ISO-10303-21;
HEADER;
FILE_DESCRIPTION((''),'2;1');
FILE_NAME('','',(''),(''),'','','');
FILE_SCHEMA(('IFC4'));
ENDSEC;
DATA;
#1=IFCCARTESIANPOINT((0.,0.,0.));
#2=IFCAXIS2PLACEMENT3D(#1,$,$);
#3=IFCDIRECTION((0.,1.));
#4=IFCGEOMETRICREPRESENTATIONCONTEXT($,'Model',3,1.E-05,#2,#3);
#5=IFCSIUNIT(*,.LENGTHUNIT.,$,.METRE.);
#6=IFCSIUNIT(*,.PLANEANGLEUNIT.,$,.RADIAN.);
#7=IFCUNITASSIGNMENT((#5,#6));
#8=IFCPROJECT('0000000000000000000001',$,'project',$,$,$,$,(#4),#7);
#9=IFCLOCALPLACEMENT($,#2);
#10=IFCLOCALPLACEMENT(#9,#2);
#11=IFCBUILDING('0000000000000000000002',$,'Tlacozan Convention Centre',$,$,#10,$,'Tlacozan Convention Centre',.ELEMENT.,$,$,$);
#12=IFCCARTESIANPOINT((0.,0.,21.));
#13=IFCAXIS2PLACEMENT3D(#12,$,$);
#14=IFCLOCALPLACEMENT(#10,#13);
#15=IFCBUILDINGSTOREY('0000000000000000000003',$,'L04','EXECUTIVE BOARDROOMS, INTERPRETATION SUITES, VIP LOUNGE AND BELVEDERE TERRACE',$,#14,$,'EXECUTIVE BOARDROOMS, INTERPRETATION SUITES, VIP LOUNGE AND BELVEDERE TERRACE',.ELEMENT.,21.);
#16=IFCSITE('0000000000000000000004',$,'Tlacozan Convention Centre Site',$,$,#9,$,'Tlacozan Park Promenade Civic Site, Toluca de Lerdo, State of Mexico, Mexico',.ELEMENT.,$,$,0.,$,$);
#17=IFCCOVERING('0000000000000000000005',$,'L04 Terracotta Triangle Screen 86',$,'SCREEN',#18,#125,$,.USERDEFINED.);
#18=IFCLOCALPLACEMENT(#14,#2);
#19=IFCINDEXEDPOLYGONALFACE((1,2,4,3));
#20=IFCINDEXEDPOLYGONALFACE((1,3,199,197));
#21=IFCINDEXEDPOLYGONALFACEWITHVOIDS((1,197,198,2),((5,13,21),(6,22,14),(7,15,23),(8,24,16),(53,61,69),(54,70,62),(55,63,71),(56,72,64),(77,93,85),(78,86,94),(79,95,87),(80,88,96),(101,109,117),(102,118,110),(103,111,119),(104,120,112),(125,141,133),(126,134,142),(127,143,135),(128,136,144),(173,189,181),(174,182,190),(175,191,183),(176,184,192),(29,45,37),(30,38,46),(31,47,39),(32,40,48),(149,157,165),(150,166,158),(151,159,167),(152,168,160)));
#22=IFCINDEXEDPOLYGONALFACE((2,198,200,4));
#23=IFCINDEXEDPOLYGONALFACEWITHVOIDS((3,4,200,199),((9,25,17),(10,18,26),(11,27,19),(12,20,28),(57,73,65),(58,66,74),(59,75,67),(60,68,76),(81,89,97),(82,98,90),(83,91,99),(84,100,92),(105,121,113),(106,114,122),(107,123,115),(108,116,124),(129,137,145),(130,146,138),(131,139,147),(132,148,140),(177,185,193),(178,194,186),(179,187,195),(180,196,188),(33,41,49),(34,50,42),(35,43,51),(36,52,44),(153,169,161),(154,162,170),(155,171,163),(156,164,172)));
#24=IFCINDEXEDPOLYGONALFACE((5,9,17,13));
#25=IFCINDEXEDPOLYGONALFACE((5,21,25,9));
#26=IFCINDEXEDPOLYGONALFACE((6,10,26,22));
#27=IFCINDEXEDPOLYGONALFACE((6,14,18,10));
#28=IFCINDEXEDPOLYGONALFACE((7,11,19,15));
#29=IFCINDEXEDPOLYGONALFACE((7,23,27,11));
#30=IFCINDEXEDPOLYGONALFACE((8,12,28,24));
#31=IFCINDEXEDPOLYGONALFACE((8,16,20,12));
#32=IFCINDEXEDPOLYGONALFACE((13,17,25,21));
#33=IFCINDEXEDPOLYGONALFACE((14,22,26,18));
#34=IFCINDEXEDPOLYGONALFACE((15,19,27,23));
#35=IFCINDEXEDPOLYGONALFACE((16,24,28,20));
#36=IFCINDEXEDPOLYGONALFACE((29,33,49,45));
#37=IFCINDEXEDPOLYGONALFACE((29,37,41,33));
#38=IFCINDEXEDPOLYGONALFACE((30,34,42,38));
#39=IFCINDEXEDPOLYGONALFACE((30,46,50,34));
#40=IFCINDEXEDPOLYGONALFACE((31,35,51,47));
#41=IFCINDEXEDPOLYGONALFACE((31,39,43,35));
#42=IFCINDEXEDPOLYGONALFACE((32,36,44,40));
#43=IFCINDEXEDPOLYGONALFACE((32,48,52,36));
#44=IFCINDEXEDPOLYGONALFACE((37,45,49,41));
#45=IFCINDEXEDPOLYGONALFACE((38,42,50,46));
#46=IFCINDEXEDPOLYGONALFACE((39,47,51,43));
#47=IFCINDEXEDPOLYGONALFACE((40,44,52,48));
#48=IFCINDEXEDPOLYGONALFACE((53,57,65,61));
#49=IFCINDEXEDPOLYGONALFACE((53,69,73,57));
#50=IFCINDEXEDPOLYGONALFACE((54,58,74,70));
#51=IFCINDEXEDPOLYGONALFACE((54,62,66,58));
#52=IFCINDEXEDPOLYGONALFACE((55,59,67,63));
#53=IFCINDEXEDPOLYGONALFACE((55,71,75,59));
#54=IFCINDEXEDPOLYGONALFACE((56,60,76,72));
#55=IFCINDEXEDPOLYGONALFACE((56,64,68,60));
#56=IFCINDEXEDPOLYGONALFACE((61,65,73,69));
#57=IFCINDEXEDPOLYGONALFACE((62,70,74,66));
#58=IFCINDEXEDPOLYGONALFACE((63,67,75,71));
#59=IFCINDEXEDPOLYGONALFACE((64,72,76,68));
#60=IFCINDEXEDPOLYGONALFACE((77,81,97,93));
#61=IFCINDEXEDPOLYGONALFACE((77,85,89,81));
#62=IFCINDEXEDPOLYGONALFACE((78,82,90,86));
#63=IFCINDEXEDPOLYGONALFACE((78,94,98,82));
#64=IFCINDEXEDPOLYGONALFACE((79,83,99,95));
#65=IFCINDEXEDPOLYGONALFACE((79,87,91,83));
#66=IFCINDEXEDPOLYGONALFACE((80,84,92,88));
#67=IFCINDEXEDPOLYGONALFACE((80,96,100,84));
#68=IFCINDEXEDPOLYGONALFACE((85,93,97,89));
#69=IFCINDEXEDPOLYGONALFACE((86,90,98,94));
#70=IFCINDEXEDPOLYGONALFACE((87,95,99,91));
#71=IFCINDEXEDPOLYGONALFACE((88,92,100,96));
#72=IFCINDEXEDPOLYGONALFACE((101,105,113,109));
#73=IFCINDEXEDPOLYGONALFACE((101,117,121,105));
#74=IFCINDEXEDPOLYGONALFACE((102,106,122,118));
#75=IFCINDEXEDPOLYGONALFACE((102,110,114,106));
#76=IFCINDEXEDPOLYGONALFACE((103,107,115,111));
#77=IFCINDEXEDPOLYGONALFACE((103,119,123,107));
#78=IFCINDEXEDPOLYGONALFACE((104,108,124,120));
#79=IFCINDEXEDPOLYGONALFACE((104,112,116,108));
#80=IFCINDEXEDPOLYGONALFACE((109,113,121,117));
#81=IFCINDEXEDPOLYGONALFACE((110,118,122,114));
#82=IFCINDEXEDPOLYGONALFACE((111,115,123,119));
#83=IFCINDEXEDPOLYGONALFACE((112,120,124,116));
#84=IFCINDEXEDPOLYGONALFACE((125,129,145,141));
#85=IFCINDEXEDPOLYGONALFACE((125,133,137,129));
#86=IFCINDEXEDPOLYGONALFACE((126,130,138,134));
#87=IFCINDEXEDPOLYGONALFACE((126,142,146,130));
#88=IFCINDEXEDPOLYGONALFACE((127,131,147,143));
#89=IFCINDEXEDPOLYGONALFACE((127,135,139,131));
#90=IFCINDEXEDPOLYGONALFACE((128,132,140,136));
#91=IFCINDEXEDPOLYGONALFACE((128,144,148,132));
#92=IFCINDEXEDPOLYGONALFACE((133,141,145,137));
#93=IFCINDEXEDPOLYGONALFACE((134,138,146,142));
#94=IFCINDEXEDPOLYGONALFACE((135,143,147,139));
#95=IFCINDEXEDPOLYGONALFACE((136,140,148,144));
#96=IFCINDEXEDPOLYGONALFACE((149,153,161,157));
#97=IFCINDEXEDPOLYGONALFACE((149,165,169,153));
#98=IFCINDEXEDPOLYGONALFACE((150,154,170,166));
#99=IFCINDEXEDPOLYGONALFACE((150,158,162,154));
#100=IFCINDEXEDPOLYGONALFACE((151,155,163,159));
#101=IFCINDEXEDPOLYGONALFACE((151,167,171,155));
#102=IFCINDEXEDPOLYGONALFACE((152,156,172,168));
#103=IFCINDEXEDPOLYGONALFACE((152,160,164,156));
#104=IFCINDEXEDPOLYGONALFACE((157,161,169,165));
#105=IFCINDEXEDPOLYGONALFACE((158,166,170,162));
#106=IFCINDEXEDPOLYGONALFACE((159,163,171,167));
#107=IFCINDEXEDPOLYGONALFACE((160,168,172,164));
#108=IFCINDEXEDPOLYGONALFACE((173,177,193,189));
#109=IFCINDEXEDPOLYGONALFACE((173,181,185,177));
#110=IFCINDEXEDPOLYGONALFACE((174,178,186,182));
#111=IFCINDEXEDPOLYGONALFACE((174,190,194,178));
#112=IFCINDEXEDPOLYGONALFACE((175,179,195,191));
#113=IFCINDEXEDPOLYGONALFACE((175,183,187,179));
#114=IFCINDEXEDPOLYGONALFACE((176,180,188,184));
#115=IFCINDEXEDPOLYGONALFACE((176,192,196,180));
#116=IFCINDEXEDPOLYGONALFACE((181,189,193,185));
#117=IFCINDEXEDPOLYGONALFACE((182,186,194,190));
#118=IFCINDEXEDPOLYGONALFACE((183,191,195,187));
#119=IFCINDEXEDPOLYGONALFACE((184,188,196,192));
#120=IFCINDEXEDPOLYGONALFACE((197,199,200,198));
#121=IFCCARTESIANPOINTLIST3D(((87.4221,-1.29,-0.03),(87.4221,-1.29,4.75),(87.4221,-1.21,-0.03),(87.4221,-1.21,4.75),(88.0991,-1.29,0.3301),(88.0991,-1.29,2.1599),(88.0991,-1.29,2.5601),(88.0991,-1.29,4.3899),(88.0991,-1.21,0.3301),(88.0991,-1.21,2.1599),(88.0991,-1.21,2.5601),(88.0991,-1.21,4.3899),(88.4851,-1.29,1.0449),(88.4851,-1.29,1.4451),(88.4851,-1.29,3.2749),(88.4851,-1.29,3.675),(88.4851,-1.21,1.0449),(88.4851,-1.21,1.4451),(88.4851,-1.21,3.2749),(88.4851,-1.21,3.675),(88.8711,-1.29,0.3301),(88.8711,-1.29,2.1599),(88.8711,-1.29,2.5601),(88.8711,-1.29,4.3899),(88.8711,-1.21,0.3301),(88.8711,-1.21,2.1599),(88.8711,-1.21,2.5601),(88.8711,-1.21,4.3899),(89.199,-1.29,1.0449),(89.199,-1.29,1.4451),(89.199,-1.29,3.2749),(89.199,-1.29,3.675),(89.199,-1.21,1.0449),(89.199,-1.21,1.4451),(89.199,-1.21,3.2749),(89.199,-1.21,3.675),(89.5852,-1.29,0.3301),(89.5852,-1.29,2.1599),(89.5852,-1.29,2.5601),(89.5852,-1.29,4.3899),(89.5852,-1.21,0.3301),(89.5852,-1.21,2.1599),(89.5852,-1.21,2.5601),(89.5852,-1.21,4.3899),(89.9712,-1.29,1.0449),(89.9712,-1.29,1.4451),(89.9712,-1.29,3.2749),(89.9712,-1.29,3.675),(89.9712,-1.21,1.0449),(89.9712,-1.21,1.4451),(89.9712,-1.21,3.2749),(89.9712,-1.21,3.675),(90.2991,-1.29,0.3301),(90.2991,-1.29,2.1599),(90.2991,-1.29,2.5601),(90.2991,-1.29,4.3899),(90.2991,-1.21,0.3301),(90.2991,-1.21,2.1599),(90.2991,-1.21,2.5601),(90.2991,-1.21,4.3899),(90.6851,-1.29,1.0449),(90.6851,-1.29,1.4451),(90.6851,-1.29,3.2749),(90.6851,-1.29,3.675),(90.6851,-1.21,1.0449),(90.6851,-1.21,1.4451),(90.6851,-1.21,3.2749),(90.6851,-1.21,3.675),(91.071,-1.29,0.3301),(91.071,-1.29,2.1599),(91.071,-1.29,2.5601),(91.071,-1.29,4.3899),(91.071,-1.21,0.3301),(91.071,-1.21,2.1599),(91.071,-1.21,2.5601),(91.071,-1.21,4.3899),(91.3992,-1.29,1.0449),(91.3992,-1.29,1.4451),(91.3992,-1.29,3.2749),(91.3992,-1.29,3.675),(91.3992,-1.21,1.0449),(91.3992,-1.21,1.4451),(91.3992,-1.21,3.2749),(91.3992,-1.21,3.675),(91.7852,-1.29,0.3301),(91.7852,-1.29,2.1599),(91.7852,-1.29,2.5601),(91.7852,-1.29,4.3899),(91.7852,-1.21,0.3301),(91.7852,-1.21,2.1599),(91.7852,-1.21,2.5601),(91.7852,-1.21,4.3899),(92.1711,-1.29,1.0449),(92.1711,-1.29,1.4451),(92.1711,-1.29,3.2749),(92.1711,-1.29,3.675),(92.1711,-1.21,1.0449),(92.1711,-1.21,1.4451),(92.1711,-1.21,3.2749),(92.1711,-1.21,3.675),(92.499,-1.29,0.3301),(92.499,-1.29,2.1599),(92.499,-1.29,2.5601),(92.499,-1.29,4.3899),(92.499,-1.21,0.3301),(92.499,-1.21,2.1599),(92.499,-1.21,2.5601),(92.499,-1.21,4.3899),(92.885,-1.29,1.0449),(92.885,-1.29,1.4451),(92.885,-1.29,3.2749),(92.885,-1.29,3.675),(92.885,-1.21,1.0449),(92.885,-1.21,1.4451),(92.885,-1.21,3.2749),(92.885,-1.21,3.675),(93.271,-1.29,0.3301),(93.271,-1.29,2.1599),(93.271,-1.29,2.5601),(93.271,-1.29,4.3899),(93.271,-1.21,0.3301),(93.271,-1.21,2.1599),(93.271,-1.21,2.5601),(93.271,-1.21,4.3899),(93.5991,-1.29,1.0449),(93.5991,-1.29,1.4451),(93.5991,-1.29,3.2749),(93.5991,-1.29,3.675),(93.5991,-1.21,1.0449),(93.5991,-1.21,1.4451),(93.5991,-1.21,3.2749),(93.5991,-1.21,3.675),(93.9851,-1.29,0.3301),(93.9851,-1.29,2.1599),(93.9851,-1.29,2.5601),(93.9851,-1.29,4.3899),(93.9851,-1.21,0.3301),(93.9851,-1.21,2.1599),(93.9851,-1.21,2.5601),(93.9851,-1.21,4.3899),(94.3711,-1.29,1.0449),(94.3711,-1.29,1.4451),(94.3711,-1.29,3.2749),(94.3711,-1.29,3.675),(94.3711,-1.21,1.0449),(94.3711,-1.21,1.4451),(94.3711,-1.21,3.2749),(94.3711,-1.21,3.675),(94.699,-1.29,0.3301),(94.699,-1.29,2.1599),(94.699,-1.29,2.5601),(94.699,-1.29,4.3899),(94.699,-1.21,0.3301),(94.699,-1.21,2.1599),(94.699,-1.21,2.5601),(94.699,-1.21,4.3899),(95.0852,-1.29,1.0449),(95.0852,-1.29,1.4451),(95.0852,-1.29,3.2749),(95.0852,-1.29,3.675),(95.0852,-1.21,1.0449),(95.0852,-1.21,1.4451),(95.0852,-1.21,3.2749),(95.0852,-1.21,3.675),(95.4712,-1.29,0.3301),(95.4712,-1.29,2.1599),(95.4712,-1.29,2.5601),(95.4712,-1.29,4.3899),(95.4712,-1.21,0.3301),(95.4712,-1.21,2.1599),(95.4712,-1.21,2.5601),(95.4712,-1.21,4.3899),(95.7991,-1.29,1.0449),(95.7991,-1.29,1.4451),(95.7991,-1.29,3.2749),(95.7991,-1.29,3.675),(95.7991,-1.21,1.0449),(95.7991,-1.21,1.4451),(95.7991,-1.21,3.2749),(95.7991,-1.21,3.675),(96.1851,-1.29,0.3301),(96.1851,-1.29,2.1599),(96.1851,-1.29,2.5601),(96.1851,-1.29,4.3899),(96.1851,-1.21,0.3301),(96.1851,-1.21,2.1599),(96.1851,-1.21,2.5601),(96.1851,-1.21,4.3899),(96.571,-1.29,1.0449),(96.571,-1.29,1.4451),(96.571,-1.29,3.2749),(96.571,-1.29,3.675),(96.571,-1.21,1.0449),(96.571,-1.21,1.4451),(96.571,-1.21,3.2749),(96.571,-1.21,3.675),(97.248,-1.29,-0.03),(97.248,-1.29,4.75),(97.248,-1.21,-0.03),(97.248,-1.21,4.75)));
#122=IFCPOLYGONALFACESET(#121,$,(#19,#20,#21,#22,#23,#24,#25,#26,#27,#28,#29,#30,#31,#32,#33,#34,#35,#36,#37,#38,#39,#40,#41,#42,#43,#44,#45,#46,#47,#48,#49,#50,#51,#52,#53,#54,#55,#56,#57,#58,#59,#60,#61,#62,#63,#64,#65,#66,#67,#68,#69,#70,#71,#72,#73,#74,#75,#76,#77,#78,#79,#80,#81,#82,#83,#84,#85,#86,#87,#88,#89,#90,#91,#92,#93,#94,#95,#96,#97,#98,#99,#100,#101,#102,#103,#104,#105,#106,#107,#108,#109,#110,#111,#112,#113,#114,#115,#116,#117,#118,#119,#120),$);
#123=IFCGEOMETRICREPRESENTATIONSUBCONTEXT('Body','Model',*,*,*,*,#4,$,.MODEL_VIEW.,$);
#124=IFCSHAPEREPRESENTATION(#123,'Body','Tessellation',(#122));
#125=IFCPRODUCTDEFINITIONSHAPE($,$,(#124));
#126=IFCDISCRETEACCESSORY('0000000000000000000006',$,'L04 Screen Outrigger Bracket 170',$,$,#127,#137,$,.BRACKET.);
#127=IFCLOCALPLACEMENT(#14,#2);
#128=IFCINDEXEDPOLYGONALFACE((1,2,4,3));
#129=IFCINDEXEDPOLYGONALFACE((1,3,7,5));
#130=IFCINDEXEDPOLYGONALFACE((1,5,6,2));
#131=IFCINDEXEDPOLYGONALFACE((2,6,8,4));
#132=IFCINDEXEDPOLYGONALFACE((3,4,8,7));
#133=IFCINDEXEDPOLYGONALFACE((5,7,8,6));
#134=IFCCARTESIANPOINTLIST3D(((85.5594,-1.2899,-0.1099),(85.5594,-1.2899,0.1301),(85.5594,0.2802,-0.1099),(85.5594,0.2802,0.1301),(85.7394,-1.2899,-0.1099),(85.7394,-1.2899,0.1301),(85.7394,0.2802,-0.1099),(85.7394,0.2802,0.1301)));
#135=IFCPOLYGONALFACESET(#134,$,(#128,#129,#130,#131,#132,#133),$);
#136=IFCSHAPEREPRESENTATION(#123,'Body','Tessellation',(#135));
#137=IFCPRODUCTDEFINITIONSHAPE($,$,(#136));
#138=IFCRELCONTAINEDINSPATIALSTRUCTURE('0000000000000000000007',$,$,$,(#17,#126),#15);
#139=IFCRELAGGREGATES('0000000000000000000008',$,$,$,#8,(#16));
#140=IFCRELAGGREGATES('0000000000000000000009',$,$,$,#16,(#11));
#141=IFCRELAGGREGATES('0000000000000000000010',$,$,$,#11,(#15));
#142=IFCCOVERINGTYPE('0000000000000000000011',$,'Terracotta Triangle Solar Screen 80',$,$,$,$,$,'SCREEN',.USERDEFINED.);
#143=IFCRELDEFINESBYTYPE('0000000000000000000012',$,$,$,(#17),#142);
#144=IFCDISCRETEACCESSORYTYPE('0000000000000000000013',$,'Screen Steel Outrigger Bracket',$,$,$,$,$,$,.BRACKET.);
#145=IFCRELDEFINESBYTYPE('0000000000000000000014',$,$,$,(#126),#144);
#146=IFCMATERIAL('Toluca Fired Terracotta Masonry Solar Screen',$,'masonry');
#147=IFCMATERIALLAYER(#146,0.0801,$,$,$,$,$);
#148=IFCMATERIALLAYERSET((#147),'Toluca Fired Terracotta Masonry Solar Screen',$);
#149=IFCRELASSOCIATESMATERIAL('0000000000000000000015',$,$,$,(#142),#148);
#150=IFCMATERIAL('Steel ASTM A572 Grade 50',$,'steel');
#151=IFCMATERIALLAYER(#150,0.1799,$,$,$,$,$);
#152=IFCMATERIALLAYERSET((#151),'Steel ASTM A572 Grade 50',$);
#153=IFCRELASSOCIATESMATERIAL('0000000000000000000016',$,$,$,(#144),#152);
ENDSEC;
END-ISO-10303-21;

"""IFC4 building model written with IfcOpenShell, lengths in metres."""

from ifc_helpers import new_model, si_unit, direction, frame, origin, origin_2d, place, context, subcontext, project, spatial, polyline, rectangle, outline, extrude, material, layer, layer_set, type_object, element, save


model = new_model("IFC4")

# Units and contexts
model_context = context("Model", 3, precision=1e-05, world=origin(), true_north=direction((0.0, 1.0)))
body_context = subcontext(model_context, "Body", "Model", "MODEL_VIEW")
ifc_project = project(units=[si_unit("LENGTHUNIT", "METRE"), si_unit("PLANEANGLEUNIT", "RADIAN")], contexts=[model_context])

# Site, building, storey
site_placement = place(None, origin())
site = spatial("IfcSite", under=ifc_project, at=site_placement, Name="Tlacozan Convention Centre Site", LongName="Tlacozan Park Promenade Civic Site, Toluca de Lerdo, State of Mexico, Mexico", CompositionType="ELEMENT", RefElevation=0.0)
building_placement = place(site_placement, origin())
building = spatial("IfcBuilding", under=site, at=building_placement, Name="Tlacozan Convention Centre", LongName="Tlacozan Convention Centre", CompositionType="ELEMENT")
storey_placement = place(building_placement, frame((0.0, 0.0, 21.0)))
storey = spatial("IfcBuildingStorey", under=building, at=storey_placement, Name="L04", Description="EXECUTIVE BOARDROOMS, INTERPRETATION SUITES, VIP LOUNGE AND BELVEDERE TERRACE", LongName="EXECUTIVE BOARDROOMS, INTERPRETATION SUITES, VIP LOUNGE AND BELVEDERE TERRACE", CompositionType="ELEMENT", Elevation=21.0)

# Covering
ifc_material_1 = material(Name="Toluca Fired Terracotta Masonry Solar Screen", Category="masonry")
ifc_layer_1 = layer(ifc_material_1, 0.0801)
ifc_layer_set_1 = layer_set([ifc_layer_1], Name="Toluca Fired Terracotta Masonry Solar Screen")
covering_type = type_object("IfcCoveringType", Name="Terracotta Triangle Solar Screen 80", ElementType="SCREEN", PredefinedType="USERDEFINED", material=ifc_layer_set_1)
covering_placement = place(storey_placement, frame((87.4221, -1.25, -0.03), z_axis=(0.0, 0.0, 1.0), x_axis=(1.0, 0.0, 0.0)))
element("IfcCovering", 1, at=covering_placement, inside=storey, type_object=covering_type, Name="L04 Terracotta Triangle Screen 86", ObjectType="SCREEN", PredefinedType="USERDEFINED", context=body_context, shape_type="SweptSolid", body=[
    extrude(outline(polyline([(0.0, 0.0), (9.8259, 0.0), (9.8259, 4.78), (0.0, 4.78), (0.0, 0.0)]), holes=[polyline([(0.677, 0.3601), (1.449, 0.3601), (1.063, 1.075), (0.677, 0.3601)]), polyline([(1.7769, 1.075), (2.5491, 1.075), (2.1631, 0.3601), (1.7769, 1.075)]), polyline([(2.877, 0.3601), (3.6489, 0.3601), (3.2629, 1.075), (2.877, 0.3601)]), polyline([(3.9771, 1.075), (4.749, 1.075), (4.363, 0.3601), (3.9771, 1.075)]), polyline([(5.0769, 0.3601), (5.8489, 0.3601), (5.4629, 1.075), (5.0769, 0.3601)]), polyline([(6.177, 1.075), (6.949, 1.075), (6.563, 0.3601), (6.177, 1.075)]), polyline([(7.2769, 0.3601), (8.0491, 0.3601), (7.6631, 1.075), (7.2769, 0.3601)]), polyline([(8.377, 1.075), (9.1489, 1.075), (8.7629, 0.3601), (8.377, 1.075)]), polyline([(0.677, 2.1899), (1.449, 2.1899), (1.063, 1.4751), (0.677, 2.1899)]), polyline([(1.7769, 1.4751), (2.5491, 1.4751), (2.1631, 2.1899), (1.7769, 1.4751)]), polyline([(2.877, 2.1899), (3.6489, 2.1899), (3.2629, 1.4751), (2.877, 2.1899)]), polyline([(3.9771, 1.4751), (4.749, 1.4751), (4.363, 2.1899), (3.9771, 1.4751)]), polyline([(5.0769, 2.1899), (5.8489, 2.1899), (5.4629, 1.4751), (5.0769, 2.1899)]), polyline([(6.177, 1.4751), (6.949, 1.4751), (6.563, 2.1899), (6.177, 1.4751)]), polyline([(7.2769, 2.1899), (8.0491, 2.1899), (7.6631, 1.4751), (7.2769, 2.1899)]), polyline([(8.377, 1.4751), (9.1489, 1.4751), (8.7629, 2.1899), (8.377, 1.4751)]), polyline([(0.677, 2.5901), (1.449, 2.5901), (1.063, 3.3049), (0.677, 2.5901)]), polyline([(1.7769, 3.3049), (2.5491, 3.3049), (2.1631, 2.5901), (1.7769, 3.3049)]), polyline([(2.877, 2.5901), (3.6489, 2.5901), (3.2629, 3.3049), (2.877, 2.5901)]), polyline([(3.9771, 3.3049), (4.749, 3.3049), (4.363, 2.5901), (3.9771, 3.3049)]), polyline([(5.0769, 2.5901), (5.8489, 2.5901), (5.4629, 3.3049), (5.0769, 2.5901)]), polyline([(6.177, 3.3049), (6.949, 3.3049), (6.563, 2.5901), (6.177, 3.3049)]), polyline([(7.2769, 2.5901), (8.0491, 2.5901), (7.6631, 3.3049), (7.2769, 2.5901)]), polyline([(8.377, 3.3049), (9.1489, 3.3049), (8.7629, 2.5901), (8.377, 3.3049)]), polyline([(0.677, 4.4199), (1.449, 4.4199), (1.063, 3.7051), (0.677, 4.4199)]), polyline([(1.7769, 3.7051), (2.5491, 3.7051), (2.1631, 4.4199), (1.7769, 3.7051)]), polyline([(2.877, 4.4199), (3.6489, 4.4199), (3.2629, 3.7051), (2.877, 4.4199)]), polyline([(3.9771, 3.7051), (4.749, 3.7051), (4.363, 4.4199), (3.9771, 3.7051)]), polyline([(5.0769, 4.4199), (5.8489, 4.4199), (5.4629, 3.7051), (5.0769, 4.4199)]), polyline([(6.177, 3.7051), (6.949, 3.7051), (6.563, 4.4199), (6.177, 3.7051)]), polyline([(7.2769, 4.4199), (8.0491, 4.4199), (7.6631, 3.7051), (7.2769, 4.4199)]), polyline([(8.377, 3.7051), (9.1489, 3.7051), (8.7629, 4.4199), (8.377, 3.7051)])]), frame((0.0, 0.04, 0.0), z_axis=(0.0, -1.0, 0.0), x_axis=(1.0, 0.0, 0.0)), (0.0, 0.0, 1.0), 0.0801),
])

# Discrete accessory
ifc_material_2 = material(Name="Steel ASTM A572 Grade 50", Category="steel")
ifc_layer_2 = layer(ifc_material_2, 0.1799)
ifc_layer_set_2 = layer_set([ifc_layer_2], Name="Steel ASTM A572 Grade 50")
discrete_accessory_type = type_object("IfcDiscreteAccessoryType", Name="Screen Steel Outrigger Bracket", PredefinedType="BRACKET", material=ifc_layer_set_2)
discrete_accessory_placement = place(storey_placement, frame((85.6494, -0.5049, -0.1099), z_axis=(0.0, 0.0, 1.0), x_axis=(0.0, 1.0, 0.0)))
element("IfcDiscreteAccessory", 2, at=discrete_accessory_placement, inside=storey, type_object=discrete_accessory_type, Name="L04 Screen Outrigger Bracket 170", PredefinedType="BRACKET", context=body_context, shape_type="SweptSolid", body=[
    extrude(rectangle(XDim=1.5701, YDim=0.1799, at=origin_2d()), origin(), (0.0, 0.0, 1.0), 0.24),
])

save(model, "model.ifc")
